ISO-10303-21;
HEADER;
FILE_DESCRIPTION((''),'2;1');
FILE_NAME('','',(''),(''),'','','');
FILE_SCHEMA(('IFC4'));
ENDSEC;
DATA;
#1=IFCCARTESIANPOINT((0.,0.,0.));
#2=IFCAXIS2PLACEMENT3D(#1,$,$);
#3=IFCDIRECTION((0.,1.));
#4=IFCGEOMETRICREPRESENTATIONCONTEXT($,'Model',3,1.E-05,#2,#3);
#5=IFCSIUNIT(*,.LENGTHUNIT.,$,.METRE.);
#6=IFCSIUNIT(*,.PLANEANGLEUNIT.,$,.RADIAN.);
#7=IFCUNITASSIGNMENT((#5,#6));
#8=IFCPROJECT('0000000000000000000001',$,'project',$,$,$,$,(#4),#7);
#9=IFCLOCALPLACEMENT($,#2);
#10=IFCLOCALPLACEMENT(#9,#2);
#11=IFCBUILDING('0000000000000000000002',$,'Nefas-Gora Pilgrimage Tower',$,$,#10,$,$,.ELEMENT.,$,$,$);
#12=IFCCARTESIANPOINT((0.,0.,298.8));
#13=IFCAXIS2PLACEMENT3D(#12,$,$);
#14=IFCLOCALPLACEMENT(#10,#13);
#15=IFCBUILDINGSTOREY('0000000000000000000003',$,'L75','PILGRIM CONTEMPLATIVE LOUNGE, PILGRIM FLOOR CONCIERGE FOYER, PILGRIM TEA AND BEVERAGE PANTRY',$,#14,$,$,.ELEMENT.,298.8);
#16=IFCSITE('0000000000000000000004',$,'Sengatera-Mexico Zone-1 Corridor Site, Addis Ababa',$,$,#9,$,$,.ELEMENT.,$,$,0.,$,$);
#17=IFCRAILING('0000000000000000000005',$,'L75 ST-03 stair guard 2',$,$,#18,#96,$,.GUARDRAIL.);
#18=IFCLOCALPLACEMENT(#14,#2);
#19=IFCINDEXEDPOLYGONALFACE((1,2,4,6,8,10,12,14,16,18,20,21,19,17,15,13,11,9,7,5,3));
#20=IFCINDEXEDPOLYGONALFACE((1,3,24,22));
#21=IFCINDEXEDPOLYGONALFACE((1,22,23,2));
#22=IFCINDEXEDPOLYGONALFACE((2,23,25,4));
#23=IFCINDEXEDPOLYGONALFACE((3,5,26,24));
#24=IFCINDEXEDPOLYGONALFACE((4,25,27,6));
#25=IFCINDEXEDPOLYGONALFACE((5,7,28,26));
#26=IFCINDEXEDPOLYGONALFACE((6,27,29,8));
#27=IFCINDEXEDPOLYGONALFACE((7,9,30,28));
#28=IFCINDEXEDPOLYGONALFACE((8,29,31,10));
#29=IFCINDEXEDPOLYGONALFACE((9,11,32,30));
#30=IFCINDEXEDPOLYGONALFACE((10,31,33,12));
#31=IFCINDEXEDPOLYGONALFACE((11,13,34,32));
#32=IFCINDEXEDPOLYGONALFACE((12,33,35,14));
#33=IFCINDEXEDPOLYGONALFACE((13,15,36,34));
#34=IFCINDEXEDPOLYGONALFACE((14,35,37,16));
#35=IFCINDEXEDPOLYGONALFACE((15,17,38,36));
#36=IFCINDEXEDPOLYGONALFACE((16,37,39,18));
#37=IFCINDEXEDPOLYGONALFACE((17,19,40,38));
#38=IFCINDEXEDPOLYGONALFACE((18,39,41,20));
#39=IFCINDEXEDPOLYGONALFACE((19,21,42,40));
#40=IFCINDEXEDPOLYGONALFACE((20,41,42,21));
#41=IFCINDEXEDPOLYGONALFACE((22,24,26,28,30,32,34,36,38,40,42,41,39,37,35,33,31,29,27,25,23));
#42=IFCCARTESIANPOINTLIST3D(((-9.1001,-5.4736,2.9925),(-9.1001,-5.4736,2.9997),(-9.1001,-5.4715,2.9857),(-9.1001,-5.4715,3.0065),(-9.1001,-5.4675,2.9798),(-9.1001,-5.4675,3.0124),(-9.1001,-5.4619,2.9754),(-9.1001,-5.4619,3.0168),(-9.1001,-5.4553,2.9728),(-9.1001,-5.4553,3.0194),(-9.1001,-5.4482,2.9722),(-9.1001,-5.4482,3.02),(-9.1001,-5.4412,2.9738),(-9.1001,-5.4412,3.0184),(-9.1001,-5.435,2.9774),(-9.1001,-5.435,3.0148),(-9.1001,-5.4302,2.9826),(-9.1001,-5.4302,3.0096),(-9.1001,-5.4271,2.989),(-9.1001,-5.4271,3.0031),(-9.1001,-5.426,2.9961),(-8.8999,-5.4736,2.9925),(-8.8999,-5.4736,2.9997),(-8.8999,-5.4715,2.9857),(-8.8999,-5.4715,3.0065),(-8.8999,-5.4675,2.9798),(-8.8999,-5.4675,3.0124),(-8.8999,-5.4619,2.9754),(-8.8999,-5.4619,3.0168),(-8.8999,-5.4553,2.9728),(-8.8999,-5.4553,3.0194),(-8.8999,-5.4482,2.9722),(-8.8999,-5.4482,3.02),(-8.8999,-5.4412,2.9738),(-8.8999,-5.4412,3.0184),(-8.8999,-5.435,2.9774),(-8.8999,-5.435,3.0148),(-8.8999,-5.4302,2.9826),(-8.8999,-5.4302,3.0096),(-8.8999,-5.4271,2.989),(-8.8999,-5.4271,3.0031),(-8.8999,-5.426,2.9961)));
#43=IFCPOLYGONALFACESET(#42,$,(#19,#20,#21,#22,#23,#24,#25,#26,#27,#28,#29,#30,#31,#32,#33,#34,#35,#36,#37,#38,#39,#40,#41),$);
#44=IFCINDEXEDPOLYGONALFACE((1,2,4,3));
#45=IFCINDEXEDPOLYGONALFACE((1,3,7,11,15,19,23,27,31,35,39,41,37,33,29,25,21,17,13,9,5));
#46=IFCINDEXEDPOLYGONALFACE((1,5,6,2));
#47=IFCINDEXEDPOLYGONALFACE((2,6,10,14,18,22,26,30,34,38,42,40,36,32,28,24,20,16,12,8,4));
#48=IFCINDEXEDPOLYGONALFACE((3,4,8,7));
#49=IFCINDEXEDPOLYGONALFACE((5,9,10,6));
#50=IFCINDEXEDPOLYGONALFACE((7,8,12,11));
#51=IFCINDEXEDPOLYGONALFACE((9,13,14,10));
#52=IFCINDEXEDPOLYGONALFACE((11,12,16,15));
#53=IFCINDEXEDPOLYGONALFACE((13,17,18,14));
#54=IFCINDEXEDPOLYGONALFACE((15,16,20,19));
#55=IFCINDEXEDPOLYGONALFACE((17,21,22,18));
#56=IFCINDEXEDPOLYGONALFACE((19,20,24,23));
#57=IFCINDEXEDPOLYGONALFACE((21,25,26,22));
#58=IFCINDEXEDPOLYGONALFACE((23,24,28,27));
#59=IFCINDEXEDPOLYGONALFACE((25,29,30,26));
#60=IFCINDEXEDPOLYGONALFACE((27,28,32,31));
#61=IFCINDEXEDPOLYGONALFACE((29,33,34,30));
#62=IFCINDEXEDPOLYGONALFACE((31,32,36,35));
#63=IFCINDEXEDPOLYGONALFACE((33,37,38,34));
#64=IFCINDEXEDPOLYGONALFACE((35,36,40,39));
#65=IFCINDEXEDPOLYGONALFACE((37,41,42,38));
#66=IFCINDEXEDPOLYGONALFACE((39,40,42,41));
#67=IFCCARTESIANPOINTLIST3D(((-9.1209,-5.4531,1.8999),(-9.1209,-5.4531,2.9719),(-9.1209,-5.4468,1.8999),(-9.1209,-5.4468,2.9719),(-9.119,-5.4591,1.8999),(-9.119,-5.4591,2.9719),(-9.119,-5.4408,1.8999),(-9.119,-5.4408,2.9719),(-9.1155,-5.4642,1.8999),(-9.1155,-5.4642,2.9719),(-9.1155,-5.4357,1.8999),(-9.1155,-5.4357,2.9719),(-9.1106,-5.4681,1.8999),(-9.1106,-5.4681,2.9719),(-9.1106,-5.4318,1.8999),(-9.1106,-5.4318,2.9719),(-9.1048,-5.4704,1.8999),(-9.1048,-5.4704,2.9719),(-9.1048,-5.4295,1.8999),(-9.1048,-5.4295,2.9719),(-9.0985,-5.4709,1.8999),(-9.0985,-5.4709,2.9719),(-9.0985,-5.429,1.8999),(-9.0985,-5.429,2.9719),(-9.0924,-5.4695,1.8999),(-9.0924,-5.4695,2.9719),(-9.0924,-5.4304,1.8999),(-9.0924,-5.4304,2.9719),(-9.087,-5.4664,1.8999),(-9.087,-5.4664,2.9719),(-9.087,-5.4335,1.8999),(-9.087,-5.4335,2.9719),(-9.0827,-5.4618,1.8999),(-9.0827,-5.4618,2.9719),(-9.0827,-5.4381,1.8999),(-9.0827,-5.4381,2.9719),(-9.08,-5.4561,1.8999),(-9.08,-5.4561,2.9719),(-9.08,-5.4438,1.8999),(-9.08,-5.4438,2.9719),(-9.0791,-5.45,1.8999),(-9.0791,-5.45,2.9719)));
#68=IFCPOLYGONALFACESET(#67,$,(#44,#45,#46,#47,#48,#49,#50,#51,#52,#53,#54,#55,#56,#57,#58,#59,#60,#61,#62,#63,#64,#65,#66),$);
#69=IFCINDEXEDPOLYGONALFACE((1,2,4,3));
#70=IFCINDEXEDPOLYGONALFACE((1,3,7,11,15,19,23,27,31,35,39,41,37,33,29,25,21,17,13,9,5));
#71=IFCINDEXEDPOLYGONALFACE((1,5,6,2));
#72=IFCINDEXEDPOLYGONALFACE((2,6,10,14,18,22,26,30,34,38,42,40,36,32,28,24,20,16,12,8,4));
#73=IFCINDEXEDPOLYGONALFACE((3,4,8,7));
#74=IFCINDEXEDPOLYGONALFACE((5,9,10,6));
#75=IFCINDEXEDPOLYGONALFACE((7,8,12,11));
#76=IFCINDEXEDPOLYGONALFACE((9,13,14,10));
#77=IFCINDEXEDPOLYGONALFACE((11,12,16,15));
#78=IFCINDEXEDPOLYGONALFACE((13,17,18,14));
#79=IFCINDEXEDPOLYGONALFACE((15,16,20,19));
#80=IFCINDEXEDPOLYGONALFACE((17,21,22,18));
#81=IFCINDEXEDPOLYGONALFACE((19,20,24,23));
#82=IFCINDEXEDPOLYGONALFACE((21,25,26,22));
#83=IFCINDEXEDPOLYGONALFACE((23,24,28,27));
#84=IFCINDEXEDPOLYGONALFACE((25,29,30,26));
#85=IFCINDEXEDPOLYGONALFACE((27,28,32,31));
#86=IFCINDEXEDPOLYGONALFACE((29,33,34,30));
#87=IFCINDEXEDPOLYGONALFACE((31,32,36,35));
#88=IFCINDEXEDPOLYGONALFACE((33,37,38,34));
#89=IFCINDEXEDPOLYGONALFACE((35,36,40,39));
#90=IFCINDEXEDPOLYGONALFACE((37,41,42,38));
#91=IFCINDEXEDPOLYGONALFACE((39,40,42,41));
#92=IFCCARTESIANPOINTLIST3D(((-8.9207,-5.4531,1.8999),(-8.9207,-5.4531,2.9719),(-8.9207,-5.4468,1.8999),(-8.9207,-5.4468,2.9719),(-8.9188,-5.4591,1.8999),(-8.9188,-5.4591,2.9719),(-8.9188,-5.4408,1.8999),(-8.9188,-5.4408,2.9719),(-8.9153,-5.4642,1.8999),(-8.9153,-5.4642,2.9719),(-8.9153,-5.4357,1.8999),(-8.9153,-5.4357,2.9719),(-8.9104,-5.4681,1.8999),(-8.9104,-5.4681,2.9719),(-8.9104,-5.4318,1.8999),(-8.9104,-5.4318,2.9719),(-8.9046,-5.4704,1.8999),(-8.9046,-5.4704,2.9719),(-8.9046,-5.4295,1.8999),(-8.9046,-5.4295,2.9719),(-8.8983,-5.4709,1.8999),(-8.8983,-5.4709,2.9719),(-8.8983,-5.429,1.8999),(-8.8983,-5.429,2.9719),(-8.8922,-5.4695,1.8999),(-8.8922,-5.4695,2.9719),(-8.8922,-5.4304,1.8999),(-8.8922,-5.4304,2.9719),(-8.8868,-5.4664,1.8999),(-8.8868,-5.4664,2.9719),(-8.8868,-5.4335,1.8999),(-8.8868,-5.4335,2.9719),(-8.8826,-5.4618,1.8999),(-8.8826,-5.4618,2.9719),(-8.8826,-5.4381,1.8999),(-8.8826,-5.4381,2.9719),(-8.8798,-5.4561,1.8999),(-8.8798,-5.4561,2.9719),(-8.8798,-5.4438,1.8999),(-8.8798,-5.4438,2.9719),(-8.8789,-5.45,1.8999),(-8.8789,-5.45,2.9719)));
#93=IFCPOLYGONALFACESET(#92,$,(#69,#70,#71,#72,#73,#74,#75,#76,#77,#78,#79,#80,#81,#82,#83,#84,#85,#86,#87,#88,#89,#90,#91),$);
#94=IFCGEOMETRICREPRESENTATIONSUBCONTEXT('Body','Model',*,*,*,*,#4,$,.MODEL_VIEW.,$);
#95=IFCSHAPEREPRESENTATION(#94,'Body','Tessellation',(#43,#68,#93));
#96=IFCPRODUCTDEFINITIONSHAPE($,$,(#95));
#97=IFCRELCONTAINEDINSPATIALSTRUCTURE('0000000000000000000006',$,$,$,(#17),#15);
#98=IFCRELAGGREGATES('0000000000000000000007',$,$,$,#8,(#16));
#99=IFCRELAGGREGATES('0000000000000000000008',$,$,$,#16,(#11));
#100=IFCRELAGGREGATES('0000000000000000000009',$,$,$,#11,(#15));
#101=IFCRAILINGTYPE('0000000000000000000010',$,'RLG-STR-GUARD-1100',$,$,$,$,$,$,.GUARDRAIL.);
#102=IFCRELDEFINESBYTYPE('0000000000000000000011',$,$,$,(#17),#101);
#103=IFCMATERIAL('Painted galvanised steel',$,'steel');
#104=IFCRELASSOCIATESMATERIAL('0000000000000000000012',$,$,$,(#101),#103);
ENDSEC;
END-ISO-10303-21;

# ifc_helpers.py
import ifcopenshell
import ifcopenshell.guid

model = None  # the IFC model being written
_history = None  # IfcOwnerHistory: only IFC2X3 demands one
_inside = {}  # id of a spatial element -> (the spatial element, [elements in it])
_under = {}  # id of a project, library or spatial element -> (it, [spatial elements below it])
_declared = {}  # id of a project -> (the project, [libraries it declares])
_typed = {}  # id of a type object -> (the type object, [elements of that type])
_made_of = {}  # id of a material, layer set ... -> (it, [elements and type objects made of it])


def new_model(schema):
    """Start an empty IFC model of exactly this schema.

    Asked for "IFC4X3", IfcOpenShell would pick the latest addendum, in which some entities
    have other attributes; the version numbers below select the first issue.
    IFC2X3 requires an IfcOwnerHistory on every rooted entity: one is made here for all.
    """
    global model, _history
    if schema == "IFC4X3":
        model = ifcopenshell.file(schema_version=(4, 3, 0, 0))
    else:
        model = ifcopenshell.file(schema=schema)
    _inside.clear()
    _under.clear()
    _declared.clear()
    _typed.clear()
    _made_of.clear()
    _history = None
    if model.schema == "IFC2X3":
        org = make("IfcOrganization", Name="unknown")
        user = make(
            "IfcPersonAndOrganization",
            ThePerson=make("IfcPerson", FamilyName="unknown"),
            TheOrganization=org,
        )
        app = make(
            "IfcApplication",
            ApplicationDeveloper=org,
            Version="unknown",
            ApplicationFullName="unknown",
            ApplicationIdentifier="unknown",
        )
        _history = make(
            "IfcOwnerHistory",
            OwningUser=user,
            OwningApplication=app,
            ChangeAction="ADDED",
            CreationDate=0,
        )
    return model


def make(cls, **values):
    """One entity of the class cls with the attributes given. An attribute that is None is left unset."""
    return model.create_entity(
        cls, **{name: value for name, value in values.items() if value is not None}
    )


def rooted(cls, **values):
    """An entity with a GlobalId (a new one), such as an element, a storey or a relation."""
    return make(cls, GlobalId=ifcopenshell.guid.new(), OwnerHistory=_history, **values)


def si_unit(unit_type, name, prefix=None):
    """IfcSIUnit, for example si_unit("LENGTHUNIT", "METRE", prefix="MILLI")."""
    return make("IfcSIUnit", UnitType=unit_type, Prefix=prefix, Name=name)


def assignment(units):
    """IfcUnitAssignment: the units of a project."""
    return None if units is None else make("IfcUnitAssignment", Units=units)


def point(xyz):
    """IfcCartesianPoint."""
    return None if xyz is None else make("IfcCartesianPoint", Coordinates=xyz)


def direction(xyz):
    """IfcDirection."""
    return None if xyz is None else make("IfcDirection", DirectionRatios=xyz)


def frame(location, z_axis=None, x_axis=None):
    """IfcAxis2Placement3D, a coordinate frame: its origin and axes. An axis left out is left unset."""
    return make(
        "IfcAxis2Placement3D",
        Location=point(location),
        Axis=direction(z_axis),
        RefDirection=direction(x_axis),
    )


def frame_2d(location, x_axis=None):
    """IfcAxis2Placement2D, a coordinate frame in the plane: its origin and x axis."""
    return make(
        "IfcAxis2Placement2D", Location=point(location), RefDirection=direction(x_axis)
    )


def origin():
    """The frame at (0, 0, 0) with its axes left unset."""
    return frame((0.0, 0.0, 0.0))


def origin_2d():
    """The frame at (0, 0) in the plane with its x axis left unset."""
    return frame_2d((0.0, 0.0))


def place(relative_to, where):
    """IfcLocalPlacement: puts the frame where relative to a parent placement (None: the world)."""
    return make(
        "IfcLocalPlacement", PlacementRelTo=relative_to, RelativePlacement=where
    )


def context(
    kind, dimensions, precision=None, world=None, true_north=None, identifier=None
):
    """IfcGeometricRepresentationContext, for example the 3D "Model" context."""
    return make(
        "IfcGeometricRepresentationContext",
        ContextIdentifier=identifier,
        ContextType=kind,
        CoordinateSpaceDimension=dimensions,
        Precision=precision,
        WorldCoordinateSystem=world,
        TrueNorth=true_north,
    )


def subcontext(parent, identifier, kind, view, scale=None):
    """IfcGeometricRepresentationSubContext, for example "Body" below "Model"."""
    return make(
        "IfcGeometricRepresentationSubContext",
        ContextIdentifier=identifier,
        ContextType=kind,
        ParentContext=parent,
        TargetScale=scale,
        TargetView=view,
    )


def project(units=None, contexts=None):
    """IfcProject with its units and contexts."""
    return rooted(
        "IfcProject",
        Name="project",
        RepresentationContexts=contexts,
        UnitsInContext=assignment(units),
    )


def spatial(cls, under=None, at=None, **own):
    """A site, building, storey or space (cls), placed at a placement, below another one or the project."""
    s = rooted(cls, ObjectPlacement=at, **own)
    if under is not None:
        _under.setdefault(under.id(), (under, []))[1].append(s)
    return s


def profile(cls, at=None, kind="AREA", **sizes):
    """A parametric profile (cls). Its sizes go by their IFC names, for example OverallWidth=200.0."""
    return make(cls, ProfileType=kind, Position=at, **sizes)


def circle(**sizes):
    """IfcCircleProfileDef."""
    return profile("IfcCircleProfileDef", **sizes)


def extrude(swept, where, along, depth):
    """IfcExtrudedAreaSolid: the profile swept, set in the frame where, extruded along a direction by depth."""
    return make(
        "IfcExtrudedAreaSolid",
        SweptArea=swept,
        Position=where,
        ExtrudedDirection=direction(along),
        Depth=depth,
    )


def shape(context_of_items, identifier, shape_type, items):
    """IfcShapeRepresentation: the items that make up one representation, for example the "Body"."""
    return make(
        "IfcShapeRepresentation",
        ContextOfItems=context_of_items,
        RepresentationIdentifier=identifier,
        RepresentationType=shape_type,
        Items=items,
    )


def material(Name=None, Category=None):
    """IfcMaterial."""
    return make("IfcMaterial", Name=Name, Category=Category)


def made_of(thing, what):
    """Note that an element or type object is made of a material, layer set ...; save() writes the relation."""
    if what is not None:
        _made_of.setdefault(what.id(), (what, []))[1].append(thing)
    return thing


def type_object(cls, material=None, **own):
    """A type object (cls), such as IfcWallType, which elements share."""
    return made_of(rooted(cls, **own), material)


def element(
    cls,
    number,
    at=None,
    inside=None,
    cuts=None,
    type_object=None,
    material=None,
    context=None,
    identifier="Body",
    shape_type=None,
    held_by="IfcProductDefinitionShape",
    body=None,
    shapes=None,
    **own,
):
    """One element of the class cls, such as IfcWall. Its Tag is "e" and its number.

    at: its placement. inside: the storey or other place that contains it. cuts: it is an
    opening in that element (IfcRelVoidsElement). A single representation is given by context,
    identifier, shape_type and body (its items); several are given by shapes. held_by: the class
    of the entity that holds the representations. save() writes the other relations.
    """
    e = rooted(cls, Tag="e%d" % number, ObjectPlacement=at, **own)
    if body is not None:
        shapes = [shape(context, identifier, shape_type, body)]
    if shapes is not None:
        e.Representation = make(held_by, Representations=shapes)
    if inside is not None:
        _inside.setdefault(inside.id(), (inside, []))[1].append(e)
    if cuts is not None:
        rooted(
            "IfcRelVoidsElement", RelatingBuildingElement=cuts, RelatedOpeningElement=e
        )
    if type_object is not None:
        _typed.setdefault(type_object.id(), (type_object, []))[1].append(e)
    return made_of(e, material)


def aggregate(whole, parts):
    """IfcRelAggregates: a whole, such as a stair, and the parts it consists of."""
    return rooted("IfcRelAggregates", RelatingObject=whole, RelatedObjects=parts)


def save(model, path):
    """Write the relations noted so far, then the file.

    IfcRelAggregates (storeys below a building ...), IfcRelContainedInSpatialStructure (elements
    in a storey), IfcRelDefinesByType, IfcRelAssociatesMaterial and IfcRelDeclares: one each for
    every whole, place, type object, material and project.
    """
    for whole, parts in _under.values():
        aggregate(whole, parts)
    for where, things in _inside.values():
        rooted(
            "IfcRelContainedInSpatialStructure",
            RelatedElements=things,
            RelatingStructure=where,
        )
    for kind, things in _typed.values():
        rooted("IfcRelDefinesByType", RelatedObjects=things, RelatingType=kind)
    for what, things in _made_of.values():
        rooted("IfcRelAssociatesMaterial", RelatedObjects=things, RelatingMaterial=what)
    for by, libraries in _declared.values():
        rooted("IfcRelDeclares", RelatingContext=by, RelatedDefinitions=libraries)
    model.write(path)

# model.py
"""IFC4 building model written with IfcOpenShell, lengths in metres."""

from ifc_helpers import new_model, si_unit, direction, frame, origin, origin_2d, place, context, subcontext, project, spatial, circle, extrude, material, type_object, element, save


model = new_model("IFC4")

# Units and contexts
model_context = context("Model", 3, precision=1e-05, world=origin(), true_north=direction((0.0, 1.0)))
body_context = subcontext(model_context, "Body", "Model", "MODEL_VIEW")
ifc_project = project(units=[si_unit("LENGTHUNIT", "METRE"), si_unit("PLANEANGLEUNIT", "RADIAN")], contexts=[model_context])

# Site, building, storey
site_placement = place(None, origin())
site = spatial("IfcSite", under=ifc_project, at=site_placement, Name="Sengatera-Mexico Zone-1 Corridor Site, Addis Ababa", CompositionType="ELEMENT", RefElevation=0.0)
building_placement = place(site_placement, origin())
building = spatial("IfcBuilding", under=site, at=building_placement, Name="Nefas-Gora Pilgrimage Tower", CompositionType="ELEMENT")
storey_placement = place(building_placement, frame((0.0, 0.0, 298.8)))
storey = spatial("IfcBuildingStorey", under=building, at=storey_placement, Name="L75", Description="PILGRIM CONTEMPLATIVE LOUNGE, PILGRIM FLOOR CONCIERGE FOYER, PILGRIM TEA AND BEVERAGE PANTRY", CompositionType="ELEMENT", Elevation=298.8)

# Railing
ifc_material_1 = material(Name="Painted galvanised steel", Category="steel")
railing_type_1 = type_object("IfcRailingType", Name="RLG-STR-GUARD-1100", PredefinedType="GUARDRAIL", material=ifc_material_1)
railing_1_placement = place(storey_placement, frame((-9.1001, -5.45, 1.8999)))
element("IfcRailing", 1, at=railing_1_placement, inside=storey, type_object=railing_type_1, Name="L75 ST-03 stair guard 2", PredefinedType="GUARDRAIL", context=body_context, shape_type="SweptSolid", body=[
    extrude(circle(Radius=0.0239, at=origin_2d()), frame((0.0, 0.0, 1.0962), z_axis=(1.0, 0.0, 0.0), x_axis=(0.0, 1.0, 0.0)), (0.0, 0.0, 1.0), 0.2002),
    extrude(circle(Radius=0.021, at=origin_2d()), origin(), (0.0, 0.0, 1.0), 1.072),
    extrude(circle(Radius=0.021, at=origin_2d()), frame((0.2002, 0.0, 0.0)), (0.0, 0.0, 1.0), 1.072),
])

save(model, "model.ifc")
